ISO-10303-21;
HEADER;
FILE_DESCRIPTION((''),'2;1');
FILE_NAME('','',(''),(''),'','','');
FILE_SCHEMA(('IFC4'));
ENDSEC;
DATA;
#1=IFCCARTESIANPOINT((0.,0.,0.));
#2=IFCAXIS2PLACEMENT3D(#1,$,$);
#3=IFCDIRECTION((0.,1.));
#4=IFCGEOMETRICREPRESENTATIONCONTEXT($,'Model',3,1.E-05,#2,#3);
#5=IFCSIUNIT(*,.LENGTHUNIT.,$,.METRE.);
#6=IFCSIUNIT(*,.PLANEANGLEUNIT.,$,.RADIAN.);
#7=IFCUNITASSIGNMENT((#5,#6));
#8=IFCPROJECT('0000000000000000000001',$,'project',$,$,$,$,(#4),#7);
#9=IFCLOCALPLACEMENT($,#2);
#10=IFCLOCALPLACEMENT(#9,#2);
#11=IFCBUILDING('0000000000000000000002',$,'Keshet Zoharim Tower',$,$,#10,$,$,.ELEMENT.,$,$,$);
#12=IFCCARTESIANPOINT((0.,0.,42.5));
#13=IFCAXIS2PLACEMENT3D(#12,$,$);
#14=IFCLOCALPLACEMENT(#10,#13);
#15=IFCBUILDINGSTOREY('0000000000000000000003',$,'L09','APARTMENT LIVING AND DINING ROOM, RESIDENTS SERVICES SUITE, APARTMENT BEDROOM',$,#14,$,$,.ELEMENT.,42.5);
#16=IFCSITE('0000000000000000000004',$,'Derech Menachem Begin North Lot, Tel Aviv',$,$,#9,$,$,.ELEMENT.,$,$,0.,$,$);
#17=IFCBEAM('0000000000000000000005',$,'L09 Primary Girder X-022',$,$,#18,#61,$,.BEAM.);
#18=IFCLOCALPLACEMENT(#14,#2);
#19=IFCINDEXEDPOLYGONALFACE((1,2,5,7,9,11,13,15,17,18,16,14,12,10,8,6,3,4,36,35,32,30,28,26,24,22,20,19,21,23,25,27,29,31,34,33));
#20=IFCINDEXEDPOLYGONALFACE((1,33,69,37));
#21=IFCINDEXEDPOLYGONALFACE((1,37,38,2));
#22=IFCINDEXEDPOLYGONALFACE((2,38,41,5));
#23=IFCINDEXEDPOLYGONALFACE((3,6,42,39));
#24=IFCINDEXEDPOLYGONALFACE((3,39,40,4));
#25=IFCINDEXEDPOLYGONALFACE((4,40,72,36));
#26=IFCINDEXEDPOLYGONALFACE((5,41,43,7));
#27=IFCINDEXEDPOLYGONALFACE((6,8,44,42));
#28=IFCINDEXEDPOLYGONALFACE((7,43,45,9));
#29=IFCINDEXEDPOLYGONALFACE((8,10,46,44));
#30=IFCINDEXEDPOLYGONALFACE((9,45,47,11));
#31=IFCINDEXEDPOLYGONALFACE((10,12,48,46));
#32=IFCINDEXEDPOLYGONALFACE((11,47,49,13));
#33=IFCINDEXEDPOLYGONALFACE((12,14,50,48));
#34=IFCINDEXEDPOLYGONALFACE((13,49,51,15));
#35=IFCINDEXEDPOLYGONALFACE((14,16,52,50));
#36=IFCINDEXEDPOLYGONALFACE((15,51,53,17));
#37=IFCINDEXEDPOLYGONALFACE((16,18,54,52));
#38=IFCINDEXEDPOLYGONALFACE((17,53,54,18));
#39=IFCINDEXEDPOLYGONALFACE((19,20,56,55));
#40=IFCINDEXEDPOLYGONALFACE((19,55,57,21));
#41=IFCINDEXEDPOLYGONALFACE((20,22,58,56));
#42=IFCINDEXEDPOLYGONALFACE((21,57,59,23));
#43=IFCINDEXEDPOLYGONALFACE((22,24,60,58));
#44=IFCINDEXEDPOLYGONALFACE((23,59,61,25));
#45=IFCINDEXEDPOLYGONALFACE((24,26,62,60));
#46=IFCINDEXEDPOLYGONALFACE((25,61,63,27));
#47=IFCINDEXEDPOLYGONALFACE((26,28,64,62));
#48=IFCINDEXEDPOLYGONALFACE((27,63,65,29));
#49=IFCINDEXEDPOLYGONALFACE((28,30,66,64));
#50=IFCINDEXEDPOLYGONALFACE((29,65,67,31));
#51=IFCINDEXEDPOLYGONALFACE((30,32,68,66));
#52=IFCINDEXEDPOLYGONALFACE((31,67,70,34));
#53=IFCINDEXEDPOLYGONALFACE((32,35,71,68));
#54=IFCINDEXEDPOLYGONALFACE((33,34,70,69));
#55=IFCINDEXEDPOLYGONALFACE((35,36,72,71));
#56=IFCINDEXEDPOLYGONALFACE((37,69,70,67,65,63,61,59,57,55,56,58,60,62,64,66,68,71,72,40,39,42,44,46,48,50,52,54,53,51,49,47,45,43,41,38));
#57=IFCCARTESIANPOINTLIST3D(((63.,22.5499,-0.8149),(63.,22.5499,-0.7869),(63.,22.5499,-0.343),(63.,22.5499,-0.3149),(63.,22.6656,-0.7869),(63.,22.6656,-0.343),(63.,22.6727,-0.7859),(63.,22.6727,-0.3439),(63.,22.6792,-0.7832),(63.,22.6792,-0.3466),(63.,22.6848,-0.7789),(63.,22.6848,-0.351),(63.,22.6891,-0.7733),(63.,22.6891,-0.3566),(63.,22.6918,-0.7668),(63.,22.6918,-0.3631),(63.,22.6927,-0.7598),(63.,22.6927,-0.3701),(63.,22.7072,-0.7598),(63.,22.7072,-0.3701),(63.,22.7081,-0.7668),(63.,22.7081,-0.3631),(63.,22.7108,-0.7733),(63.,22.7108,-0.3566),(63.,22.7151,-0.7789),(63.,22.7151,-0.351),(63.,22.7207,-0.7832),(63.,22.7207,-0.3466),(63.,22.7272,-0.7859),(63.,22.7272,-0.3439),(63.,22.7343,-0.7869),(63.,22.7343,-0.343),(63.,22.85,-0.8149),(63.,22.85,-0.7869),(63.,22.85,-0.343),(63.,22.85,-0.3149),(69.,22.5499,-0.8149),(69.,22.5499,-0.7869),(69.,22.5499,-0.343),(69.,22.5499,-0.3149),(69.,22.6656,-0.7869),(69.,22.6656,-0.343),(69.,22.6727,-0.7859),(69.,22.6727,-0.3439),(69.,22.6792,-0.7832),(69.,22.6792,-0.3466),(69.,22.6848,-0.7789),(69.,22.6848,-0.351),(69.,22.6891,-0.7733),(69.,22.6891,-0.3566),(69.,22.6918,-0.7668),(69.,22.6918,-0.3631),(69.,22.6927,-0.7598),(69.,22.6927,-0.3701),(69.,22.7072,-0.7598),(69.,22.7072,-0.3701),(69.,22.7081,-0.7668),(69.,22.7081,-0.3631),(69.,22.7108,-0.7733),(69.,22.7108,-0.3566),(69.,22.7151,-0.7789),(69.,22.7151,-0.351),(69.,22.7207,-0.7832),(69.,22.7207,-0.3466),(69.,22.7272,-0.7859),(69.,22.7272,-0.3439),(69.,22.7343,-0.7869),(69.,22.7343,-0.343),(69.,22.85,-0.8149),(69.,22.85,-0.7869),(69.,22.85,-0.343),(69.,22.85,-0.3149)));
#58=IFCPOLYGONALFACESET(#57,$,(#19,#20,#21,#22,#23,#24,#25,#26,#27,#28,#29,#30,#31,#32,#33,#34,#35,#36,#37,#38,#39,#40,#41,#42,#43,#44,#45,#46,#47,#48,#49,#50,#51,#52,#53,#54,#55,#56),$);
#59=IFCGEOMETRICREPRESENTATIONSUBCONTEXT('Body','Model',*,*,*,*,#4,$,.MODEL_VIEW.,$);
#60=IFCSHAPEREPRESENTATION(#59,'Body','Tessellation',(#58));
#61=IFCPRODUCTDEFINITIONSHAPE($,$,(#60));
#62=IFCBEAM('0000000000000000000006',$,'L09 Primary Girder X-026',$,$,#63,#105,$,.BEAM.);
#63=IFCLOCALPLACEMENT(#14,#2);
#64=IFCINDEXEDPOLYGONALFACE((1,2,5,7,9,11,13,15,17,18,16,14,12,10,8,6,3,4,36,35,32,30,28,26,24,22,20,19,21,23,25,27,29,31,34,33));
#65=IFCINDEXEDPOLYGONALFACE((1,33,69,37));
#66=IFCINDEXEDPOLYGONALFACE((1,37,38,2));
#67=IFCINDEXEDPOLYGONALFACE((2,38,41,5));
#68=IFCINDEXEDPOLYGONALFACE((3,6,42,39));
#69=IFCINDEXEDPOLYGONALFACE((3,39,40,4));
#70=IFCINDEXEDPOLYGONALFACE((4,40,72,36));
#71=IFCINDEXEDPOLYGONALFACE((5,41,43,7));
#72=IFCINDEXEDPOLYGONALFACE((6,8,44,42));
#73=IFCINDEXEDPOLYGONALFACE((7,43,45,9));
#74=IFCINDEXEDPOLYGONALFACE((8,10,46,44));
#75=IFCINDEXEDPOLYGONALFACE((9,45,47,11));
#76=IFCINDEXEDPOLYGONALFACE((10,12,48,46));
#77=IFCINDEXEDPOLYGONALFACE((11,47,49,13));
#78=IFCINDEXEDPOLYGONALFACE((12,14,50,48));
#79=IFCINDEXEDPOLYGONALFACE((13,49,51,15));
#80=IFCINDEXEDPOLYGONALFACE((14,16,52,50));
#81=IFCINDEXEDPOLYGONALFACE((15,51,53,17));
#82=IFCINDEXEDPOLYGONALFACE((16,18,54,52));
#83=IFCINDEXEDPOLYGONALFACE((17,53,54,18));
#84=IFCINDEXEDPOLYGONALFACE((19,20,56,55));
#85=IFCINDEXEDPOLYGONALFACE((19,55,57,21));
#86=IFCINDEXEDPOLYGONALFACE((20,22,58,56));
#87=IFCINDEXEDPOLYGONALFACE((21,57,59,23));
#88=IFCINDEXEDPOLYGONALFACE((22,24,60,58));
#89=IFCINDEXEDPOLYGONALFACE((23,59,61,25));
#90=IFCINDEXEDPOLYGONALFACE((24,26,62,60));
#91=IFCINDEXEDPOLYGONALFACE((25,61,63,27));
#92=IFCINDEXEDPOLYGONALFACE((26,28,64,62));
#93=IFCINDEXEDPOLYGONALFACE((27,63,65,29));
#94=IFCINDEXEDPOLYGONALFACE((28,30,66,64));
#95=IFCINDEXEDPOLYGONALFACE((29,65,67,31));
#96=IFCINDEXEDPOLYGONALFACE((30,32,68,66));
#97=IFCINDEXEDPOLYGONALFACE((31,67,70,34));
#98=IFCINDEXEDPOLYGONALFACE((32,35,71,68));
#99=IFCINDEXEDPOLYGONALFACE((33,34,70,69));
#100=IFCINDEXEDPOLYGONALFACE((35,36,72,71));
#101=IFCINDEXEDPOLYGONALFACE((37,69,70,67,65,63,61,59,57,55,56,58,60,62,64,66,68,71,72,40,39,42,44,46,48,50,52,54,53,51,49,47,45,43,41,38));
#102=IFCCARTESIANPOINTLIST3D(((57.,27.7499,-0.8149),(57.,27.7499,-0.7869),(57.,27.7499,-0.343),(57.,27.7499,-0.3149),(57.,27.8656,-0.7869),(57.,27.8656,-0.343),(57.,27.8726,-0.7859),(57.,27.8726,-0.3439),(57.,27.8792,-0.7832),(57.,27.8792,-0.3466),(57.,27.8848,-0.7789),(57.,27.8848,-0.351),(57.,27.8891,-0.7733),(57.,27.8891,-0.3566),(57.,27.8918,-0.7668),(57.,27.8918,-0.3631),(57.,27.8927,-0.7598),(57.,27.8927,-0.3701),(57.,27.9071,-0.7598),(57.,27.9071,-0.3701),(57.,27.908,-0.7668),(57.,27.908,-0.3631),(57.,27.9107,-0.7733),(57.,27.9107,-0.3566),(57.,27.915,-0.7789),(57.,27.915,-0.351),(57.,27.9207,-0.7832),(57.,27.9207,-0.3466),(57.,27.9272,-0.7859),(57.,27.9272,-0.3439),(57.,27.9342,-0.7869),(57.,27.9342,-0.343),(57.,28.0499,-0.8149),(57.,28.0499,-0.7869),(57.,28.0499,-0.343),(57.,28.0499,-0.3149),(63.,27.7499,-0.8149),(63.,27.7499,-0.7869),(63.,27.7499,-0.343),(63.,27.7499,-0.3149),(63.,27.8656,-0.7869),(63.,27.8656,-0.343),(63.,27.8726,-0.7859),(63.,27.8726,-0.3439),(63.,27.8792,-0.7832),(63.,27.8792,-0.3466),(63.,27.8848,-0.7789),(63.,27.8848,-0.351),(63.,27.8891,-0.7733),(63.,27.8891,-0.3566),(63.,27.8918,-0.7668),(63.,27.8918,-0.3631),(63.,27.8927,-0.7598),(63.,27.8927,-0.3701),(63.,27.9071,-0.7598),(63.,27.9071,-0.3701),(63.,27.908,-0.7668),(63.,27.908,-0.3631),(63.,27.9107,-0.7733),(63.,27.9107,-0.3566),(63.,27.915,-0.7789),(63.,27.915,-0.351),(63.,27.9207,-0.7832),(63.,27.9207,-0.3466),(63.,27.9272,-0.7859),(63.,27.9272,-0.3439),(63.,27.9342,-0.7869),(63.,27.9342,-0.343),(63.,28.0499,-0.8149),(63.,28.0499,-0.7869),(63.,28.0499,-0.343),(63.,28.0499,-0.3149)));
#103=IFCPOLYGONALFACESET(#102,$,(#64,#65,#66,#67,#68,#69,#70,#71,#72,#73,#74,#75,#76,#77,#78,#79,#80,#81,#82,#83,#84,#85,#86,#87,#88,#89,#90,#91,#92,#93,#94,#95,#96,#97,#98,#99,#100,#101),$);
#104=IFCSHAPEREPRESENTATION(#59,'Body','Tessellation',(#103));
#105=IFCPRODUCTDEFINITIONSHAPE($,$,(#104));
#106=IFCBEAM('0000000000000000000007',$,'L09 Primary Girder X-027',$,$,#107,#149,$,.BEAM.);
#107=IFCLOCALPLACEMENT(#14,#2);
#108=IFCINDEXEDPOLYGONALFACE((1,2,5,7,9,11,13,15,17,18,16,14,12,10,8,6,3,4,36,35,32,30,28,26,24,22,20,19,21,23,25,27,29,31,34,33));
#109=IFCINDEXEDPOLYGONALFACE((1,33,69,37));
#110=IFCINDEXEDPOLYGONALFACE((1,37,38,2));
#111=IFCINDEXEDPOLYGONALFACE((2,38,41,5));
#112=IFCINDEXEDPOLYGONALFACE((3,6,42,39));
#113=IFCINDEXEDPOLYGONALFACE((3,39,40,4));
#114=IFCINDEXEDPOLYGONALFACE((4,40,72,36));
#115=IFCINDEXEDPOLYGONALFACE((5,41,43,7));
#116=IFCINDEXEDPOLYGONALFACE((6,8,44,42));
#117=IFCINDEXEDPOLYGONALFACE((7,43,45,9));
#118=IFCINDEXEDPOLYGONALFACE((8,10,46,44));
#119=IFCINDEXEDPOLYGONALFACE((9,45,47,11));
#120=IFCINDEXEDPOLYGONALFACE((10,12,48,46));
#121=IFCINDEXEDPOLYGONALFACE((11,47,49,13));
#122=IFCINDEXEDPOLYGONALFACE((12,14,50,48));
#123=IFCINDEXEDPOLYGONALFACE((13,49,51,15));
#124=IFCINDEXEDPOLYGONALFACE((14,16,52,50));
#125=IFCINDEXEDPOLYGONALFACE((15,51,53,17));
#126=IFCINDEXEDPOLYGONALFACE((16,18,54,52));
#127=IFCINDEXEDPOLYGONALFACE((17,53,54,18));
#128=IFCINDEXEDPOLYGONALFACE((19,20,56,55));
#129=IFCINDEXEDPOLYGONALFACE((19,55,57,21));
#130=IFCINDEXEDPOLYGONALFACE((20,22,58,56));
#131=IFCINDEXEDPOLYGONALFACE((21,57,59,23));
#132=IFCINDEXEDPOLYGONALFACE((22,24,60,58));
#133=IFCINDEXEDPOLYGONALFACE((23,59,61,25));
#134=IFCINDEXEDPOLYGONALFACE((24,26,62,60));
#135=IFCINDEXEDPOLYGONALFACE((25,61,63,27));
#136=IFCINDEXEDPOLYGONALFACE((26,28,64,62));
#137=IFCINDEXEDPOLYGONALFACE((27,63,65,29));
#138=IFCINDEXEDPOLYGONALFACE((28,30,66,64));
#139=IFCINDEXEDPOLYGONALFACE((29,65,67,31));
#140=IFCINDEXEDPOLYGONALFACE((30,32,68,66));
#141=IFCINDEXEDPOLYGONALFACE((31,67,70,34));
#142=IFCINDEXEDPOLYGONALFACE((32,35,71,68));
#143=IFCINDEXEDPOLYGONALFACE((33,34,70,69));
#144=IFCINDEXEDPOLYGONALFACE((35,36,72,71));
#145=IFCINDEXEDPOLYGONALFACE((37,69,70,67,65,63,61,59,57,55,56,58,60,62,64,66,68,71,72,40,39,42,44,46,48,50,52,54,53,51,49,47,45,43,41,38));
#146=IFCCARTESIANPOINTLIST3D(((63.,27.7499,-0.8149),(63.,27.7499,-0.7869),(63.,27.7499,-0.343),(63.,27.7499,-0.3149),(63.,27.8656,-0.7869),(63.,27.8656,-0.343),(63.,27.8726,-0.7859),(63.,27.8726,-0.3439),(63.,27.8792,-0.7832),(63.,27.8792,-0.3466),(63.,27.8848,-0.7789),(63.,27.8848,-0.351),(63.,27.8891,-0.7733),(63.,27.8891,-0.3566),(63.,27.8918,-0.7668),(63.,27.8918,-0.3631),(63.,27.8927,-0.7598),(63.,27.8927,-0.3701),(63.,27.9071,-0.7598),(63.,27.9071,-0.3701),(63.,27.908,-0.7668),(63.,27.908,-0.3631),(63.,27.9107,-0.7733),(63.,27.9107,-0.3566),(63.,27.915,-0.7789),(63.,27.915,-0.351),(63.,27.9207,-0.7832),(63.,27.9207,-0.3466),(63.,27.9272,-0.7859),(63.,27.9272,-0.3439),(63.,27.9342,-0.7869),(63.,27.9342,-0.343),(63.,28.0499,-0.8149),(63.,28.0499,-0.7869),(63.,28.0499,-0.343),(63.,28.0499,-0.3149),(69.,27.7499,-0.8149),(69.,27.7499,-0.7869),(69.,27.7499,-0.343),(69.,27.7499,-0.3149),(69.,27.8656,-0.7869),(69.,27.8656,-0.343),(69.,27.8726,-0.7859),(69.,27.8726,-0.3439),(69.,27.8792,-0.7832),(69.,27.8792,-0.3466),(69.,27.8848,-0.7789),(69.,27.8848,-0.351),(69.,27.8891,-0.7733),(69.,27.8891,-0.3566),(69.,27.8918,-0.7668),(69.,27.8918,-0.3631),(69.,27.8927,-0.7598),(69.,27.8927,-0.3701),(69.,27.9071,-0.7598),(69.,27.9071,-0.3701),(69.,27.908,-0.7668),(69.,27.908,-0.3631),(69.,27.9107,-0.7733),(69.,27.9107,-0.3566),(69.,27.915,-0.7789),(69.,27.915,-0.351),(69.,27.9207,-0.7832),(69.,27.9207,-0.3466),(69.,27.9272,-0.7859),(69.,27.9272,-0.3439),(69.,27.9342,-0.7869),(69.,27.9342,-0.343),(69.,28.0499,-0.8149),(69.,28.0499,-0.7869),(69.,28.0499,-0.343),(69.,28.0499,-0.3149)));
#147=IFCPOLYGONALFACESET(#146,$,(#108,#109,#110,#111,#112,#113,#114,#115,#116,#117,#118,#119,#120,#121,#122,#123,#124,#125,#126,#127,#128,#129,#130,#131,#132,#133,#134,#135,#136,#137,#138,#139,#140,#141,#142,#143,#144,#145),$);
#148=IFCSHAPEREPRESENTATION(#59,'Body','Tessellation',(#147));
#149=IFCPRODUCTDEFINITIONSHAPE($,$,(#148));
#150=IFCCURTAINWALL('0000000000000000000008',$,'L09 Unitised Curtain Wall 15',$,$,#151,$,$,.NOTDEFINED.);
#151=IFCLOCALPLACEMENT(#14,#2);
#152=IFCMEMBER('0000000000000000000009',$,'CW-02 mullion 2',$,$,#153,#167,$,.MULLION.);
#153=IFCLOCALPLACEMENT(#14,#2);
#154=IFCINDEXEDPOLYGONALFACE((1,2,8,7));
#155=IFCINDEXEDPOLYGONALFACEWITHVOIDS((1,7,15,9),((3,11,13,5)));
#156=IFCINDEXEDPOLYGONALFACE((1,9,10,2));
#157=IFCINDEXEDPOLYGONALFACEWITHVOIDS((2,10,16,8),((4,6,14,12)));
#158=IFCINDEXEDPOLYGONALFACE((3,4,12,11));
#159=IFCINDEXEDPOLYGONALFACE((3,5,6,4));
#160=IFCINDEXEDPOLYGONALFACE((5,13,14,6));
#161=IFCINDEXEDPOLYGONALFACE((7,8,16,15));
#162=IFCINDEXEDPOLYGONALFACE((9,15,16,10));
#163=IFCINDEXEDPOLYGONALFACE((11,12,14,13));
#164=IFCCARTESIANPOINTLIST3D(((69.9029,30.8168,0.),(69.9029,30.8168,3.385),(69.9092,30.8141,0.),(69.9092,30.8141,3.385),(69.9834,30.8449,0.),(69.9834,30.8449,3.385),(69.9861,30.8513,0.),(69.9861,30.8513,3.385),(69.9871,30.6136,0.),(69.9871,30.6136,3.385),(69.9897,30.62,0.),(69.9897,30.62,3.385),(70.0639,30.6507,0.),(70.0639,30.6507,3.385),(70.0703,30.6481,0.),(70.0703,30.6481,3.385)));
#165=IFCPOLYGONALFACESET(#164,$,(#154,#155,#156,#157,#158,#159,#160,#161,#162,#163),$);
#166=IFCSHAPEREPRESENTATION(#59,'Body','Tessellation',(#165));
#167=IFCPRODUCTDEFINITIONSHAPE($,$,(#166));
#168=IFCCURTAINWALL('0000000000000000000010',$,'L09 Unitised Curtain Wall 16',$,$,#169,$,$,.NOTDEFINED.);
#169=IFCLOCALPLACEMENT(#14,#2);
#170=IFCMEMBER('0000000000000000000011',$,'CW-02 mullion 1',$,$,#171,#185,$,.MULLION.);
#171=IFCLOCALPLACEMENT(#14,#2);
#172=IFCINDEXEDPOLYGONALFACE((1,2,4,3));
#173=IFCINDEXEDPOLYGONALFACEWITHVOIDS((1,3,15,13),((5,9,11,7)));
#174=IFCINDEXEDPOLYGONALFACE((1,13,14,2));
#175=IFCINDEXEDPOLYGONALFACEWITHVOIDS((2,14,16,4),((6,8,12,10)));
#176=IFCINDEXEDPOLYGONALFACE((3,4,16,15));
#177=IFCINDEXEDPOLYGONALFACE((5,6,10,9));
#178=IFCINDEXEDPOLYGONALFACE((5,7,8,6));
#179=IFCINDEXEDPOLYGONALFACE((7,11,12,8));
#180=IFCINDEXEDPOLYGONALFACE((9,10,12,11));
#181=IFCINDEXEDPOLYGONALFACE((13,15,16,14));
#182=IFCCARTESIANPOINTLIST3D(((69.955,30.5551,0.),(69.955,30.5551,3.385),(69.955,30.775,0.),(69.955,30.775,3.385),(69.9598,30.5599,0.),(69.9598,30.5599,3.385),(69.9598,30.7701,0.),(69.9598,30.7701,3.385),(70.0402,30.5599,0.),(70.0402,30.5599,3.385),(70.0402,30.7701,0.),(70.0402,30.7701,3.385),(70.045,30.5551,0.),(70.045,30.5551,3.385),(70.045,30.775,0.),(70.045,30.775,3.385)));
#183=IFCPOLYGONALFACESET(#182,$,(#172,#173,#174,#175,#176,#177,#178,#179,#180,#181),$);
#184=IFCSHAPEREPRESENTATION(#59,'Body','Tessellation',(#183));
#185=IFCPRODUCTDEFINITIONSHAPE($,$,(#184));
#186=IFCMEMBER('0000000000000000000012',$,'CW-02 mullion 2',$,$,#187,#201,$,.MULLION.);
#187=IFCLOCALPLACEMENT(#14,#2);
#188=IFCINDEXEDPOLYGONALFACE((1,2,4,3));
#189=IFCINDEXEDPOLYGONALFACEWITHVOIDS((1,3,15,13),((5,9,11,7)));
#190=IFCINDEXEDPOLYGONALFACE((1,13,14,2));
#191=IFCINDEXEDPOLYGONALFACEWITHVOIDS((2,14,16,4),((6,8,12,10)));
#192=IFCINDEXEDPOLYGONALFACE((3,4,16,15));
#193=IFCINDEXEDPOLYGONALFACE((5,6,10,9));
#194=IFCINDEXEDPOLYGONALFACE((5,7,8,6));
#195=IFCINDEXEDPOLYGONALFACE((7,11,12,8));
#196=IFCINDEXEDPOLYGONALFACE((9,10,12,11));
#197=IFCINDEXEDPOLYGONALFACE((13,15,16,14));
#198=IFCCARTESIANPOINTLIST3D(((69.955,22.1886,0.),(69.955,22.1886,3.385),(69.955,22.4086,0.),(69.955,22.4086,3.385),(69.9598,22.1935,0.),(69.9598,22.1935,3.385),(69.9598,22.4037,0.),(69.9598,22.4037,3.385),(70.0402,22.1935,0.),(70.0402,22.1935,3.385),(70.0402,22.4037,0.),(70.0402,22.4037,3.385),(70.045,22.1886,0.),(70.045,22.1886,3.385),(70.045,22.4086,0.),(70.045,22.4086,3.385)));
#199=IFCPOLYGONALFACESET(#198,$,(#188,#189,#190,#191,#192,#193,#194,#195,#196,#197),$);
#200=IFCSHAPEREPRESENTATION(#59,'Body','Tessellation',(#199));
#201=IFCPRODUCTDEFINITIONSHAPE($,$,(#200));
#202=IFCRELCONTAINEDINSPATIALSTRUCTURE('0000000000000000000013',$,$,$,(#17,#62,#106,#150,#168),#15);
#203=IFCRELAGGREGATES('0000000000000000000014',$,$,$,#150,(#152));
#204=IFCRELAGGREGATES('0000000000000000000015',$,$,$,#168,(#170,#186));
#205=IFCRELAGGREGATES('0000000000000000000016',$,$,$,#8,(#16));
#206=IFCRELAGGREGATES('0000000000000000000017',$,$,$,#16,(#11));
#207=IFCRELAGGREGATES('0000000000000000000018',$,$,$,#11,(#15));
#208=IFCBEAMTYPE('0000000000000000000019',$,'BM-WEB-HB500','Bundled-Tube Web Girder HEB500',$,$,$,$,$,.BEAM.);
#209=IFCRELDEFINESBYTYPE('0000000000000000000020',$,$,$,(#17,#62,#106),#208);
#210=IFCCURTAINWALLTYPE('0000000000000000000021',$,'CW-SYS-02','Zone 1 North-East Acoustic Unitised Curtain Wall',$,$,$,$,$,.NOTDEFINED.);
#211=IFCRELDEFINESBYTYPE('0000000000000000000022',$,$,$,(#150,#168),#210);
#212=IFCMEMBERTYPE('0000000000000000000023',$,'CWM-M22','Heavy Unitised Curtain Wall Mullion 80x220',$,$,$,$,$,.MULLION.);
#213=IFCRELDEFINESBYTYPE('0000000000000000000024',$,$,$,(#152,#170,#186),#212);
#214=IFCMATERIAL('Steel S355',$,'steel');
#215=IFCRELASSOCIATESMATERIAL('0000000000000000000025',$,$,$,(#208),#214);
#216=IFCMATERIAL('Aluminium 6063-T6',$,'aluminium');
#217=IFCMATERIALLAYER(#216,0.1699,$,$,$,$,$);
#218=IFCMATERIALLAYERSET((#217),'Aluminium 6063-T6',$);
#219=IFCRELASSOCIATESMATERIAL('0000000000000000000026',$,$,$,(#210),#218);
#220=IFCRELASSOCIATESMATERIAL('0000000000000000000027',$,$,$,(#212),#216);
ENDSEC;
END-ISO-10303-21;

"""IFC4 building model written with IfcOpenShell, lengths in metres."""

from ifc_helpers import new_model, si_unit, direction, frame, origin, origin_2d, place, context, subcontext, project, spatial, hollow_rectangle, i_section, extrude, material, layer, layer_set, material_profile, profile_set, type_object, element, aggregate, save


model = new_model("IFC4")

# Units and contexts
model_context = context("Model", 3, precision=1e-05, world=origin(), true_north=direction((0.0, 1.0)))
body_context = subcontext(model_context, "Body", "Model", "MODEL_VIEW")
ifc_project = project(units=[si_unit("LENGTHUNIT", "METRE"), si_unit("PLANEANGLEUNIT", "RADIAN")], contexts=[model_context])

# Site, building, storey
site_placement = place(None, origin())
site = spatial("IfcSite", under=ifc_project, at=site_placement, Name="Derech Menachem Begin North Lot, Tel Aviv", CompositionType="ELEMENT", RefElevation=0.0)
building_placement = place(site_placement, origin())
building = spatial("IfcBuilding", under=site, at=building_placement, Name="Keshet Zoharim Tower", CompositionType="ELEMENT")
storey_placement = place(building_placement, frame((0.0, 0.0, 42.5)))
storey = spatial("IfcBuildingStorey", under=building, at=storey_placement, Name="L09", Description="APARTMENT LIVING AND DINING ROOM, RESIDENTS SERVICES SUITE, APARTMENT BEDROOM", CompositionType="ELEMENT", Elevation=42.5)

# Shared definitions
ifc_material_1 = material(Name="Steel S355", Category="steel")

# Beams
ifc_material_profile_1 = material_profile(ifc_material_1, i_section(OverallWidth=0.3, OverallDepth=0.5, WebThickness=0.0144, FlangeThickness=0.0281, FilletRadius=0.0271, at=origin_2d()), Name="HEB500")
ifc_profile_set_1 = profile_set([ifc_material_profile_1], Name="Steel S355")
beam_type_1 = type_object("IfcBeamType", Name="BM-WEB-HB500", Description="Bundled-Tube Web Girder HEB500", PredefinedType="BEAM", material=ifc_profile_set_1)
for number, where, z_axis, x_axis, name in (
    (1, (63.0, 22.7, -0.5649), (1.0, 0.0, 0.0), (0.0, 1.0, 0.0), "L09 Primary Girder X-022"),
    (2, (57.0, 27.8999, -0.5649), (1.0, 0.0, 0.0), (0.0, 1.0, 0.0), "L09 Primary Girder X-026"),
    (3, (63.0, 27.8999, -0.5649), (1.0, 0.0, 0.0), (0.0, 1.0, 0.0), "L09 Primary Girder X-027"),
):
    element("IfcBeam", number, at=place(storey_placement, frame(where, z_axis=z_axis, x_axis=x_axis)), inside=storey, type_object=beam_type_1, Name=name, PredefinedType="BEAM", context=body_context, shape_type="SweptSolid", body=[
        extrude(i_section(OverallWidth=0.3, OverallDepth=0.5, WebThickness=0.0144, FlangeThickness=0.0281, FilletRadius=0.0271, at=origin_2d()), origin(), (0.0, 0.0, 1.0), 6.0),
    ])

# Curtain wall, member
ifc_material_2 = material(Name="Aluminium 6063-T6", Category="aluminium")
ifc_layer_1 = layer(ifc_material_2, 0.1699)
ifc_layer_set_1 = layer_set([ifc_layer_1], Name="Aluminium 6063-T6")
curtain_wall_type = type_object("IfcCurtainWallType", Name="CW-SYS-02", Description="Zone 1 North-East Acoustic Unitised Curtain Wall", PredefinedType="NOTDEFINED", material=ifc_layer_set_1)
curtain_wall_1_placement = place(storey_placement, origin())
curtain_wall_1 = element("IfcCurtainWall", 4, at=curtain_wall_1_placement, inside=storey, type_object=curtain_wall_type, Name="L09 Unitised Curtain Wall 15", PredefinedType="NOTDEFINED")
ifc_material_profile_2 = material_profile(ifc_material_2, hollow_rectangle(XDim=0.0901, YDim=0.22, WallThickness=0.0049, at=origin_2d()), Name="MUL-90x220")
ifc_profile_set_2 = profile_set([ifc_material_profile_2], Name="Aluminium 6063-T6")
member_type_1 = type_object("IfcMemberType", Name="CWM-M22", Description="Heavy Unitised Curtain Wall Mullion 80x220", PredefinedType="MULLION", material=ifc_profile_set_2)
member_1_placement = place(storey_placement, frame((69.9866, 30.7324, 0.0), z_axis=(0.0, 0.0, 1.0), x_axis=(0.92381, 0.382852, 0.0)))
member_1 = element("IfcMember", 5, at=member_1_placement, type_object=member_type_1, Name="CW-02 mullion 2", PredefinedType="MULLION", context=body_context, shape_type="SweptSolid", body=[
    extrude(hollow_rectangle(XDim=0.0901, YDim=0.22, WallThickness=0.0049, at=origin_2d()), origin(), (0.0, 0.0, 1.0), 3.385),
])

# Curtain wall, members
curtain_wall_2_placement = place(storey_placement, origin())
curtain_wall_2 = element("IfcCurtainWall", 6, at=curtain_wall_2_placement, inside=storey, type_object=curtain_wall_type, Name="L09 Unitised Curtain Wall 16", PredefinedType="NOTDEFINED")
member_2_placement = place(storey_placement, frame((70.0, 30.665, 0.0), z_axis=(0.0, 0.0, 1.0), x_axis=(1.0, 0.0, 0.0)))
member_2 = element("IfcMember", 7, at=member_2_placement, type_object=member_type_1, Name="CW-02 mullion 1", PredefinedType="MULLION", context=body_context, shape_type="SweptSolid", body=[
    extrude(hollow_rectangle(XDim=0.0901, YDim=0.22, WallThickness=0.0049, at=origin_2d()), origin(), (0.0, 0.0, 1.0), 3.385),
])
member_3_placement = place(storey_placement, frame((70.0, 22.2986, 0.0), z_axis=(0.0, 0.0, 1.0), x_axis=(1.0, 0.0, 0.0)))
member_3 = element("IfcMember", 8, at=member_3_placement, type_object=member_type_1, Name="CW-02 mullion 2", PredefinedType="MULLION", context=body_context, shape_type="SweptSolid", body=[
    extrude(hollow_rectangle(XDim=0.0901, YDim=0.22, WallThickness=0.0049, at=origin_2d()), origin(), (0.0, 0.0, 1.0), 3.385),
])

aggregate(curtain_wall_1, [member_1])
aggregate(curtain_wall_2, [member_2, member_3])

save(model, "model.ifc")
